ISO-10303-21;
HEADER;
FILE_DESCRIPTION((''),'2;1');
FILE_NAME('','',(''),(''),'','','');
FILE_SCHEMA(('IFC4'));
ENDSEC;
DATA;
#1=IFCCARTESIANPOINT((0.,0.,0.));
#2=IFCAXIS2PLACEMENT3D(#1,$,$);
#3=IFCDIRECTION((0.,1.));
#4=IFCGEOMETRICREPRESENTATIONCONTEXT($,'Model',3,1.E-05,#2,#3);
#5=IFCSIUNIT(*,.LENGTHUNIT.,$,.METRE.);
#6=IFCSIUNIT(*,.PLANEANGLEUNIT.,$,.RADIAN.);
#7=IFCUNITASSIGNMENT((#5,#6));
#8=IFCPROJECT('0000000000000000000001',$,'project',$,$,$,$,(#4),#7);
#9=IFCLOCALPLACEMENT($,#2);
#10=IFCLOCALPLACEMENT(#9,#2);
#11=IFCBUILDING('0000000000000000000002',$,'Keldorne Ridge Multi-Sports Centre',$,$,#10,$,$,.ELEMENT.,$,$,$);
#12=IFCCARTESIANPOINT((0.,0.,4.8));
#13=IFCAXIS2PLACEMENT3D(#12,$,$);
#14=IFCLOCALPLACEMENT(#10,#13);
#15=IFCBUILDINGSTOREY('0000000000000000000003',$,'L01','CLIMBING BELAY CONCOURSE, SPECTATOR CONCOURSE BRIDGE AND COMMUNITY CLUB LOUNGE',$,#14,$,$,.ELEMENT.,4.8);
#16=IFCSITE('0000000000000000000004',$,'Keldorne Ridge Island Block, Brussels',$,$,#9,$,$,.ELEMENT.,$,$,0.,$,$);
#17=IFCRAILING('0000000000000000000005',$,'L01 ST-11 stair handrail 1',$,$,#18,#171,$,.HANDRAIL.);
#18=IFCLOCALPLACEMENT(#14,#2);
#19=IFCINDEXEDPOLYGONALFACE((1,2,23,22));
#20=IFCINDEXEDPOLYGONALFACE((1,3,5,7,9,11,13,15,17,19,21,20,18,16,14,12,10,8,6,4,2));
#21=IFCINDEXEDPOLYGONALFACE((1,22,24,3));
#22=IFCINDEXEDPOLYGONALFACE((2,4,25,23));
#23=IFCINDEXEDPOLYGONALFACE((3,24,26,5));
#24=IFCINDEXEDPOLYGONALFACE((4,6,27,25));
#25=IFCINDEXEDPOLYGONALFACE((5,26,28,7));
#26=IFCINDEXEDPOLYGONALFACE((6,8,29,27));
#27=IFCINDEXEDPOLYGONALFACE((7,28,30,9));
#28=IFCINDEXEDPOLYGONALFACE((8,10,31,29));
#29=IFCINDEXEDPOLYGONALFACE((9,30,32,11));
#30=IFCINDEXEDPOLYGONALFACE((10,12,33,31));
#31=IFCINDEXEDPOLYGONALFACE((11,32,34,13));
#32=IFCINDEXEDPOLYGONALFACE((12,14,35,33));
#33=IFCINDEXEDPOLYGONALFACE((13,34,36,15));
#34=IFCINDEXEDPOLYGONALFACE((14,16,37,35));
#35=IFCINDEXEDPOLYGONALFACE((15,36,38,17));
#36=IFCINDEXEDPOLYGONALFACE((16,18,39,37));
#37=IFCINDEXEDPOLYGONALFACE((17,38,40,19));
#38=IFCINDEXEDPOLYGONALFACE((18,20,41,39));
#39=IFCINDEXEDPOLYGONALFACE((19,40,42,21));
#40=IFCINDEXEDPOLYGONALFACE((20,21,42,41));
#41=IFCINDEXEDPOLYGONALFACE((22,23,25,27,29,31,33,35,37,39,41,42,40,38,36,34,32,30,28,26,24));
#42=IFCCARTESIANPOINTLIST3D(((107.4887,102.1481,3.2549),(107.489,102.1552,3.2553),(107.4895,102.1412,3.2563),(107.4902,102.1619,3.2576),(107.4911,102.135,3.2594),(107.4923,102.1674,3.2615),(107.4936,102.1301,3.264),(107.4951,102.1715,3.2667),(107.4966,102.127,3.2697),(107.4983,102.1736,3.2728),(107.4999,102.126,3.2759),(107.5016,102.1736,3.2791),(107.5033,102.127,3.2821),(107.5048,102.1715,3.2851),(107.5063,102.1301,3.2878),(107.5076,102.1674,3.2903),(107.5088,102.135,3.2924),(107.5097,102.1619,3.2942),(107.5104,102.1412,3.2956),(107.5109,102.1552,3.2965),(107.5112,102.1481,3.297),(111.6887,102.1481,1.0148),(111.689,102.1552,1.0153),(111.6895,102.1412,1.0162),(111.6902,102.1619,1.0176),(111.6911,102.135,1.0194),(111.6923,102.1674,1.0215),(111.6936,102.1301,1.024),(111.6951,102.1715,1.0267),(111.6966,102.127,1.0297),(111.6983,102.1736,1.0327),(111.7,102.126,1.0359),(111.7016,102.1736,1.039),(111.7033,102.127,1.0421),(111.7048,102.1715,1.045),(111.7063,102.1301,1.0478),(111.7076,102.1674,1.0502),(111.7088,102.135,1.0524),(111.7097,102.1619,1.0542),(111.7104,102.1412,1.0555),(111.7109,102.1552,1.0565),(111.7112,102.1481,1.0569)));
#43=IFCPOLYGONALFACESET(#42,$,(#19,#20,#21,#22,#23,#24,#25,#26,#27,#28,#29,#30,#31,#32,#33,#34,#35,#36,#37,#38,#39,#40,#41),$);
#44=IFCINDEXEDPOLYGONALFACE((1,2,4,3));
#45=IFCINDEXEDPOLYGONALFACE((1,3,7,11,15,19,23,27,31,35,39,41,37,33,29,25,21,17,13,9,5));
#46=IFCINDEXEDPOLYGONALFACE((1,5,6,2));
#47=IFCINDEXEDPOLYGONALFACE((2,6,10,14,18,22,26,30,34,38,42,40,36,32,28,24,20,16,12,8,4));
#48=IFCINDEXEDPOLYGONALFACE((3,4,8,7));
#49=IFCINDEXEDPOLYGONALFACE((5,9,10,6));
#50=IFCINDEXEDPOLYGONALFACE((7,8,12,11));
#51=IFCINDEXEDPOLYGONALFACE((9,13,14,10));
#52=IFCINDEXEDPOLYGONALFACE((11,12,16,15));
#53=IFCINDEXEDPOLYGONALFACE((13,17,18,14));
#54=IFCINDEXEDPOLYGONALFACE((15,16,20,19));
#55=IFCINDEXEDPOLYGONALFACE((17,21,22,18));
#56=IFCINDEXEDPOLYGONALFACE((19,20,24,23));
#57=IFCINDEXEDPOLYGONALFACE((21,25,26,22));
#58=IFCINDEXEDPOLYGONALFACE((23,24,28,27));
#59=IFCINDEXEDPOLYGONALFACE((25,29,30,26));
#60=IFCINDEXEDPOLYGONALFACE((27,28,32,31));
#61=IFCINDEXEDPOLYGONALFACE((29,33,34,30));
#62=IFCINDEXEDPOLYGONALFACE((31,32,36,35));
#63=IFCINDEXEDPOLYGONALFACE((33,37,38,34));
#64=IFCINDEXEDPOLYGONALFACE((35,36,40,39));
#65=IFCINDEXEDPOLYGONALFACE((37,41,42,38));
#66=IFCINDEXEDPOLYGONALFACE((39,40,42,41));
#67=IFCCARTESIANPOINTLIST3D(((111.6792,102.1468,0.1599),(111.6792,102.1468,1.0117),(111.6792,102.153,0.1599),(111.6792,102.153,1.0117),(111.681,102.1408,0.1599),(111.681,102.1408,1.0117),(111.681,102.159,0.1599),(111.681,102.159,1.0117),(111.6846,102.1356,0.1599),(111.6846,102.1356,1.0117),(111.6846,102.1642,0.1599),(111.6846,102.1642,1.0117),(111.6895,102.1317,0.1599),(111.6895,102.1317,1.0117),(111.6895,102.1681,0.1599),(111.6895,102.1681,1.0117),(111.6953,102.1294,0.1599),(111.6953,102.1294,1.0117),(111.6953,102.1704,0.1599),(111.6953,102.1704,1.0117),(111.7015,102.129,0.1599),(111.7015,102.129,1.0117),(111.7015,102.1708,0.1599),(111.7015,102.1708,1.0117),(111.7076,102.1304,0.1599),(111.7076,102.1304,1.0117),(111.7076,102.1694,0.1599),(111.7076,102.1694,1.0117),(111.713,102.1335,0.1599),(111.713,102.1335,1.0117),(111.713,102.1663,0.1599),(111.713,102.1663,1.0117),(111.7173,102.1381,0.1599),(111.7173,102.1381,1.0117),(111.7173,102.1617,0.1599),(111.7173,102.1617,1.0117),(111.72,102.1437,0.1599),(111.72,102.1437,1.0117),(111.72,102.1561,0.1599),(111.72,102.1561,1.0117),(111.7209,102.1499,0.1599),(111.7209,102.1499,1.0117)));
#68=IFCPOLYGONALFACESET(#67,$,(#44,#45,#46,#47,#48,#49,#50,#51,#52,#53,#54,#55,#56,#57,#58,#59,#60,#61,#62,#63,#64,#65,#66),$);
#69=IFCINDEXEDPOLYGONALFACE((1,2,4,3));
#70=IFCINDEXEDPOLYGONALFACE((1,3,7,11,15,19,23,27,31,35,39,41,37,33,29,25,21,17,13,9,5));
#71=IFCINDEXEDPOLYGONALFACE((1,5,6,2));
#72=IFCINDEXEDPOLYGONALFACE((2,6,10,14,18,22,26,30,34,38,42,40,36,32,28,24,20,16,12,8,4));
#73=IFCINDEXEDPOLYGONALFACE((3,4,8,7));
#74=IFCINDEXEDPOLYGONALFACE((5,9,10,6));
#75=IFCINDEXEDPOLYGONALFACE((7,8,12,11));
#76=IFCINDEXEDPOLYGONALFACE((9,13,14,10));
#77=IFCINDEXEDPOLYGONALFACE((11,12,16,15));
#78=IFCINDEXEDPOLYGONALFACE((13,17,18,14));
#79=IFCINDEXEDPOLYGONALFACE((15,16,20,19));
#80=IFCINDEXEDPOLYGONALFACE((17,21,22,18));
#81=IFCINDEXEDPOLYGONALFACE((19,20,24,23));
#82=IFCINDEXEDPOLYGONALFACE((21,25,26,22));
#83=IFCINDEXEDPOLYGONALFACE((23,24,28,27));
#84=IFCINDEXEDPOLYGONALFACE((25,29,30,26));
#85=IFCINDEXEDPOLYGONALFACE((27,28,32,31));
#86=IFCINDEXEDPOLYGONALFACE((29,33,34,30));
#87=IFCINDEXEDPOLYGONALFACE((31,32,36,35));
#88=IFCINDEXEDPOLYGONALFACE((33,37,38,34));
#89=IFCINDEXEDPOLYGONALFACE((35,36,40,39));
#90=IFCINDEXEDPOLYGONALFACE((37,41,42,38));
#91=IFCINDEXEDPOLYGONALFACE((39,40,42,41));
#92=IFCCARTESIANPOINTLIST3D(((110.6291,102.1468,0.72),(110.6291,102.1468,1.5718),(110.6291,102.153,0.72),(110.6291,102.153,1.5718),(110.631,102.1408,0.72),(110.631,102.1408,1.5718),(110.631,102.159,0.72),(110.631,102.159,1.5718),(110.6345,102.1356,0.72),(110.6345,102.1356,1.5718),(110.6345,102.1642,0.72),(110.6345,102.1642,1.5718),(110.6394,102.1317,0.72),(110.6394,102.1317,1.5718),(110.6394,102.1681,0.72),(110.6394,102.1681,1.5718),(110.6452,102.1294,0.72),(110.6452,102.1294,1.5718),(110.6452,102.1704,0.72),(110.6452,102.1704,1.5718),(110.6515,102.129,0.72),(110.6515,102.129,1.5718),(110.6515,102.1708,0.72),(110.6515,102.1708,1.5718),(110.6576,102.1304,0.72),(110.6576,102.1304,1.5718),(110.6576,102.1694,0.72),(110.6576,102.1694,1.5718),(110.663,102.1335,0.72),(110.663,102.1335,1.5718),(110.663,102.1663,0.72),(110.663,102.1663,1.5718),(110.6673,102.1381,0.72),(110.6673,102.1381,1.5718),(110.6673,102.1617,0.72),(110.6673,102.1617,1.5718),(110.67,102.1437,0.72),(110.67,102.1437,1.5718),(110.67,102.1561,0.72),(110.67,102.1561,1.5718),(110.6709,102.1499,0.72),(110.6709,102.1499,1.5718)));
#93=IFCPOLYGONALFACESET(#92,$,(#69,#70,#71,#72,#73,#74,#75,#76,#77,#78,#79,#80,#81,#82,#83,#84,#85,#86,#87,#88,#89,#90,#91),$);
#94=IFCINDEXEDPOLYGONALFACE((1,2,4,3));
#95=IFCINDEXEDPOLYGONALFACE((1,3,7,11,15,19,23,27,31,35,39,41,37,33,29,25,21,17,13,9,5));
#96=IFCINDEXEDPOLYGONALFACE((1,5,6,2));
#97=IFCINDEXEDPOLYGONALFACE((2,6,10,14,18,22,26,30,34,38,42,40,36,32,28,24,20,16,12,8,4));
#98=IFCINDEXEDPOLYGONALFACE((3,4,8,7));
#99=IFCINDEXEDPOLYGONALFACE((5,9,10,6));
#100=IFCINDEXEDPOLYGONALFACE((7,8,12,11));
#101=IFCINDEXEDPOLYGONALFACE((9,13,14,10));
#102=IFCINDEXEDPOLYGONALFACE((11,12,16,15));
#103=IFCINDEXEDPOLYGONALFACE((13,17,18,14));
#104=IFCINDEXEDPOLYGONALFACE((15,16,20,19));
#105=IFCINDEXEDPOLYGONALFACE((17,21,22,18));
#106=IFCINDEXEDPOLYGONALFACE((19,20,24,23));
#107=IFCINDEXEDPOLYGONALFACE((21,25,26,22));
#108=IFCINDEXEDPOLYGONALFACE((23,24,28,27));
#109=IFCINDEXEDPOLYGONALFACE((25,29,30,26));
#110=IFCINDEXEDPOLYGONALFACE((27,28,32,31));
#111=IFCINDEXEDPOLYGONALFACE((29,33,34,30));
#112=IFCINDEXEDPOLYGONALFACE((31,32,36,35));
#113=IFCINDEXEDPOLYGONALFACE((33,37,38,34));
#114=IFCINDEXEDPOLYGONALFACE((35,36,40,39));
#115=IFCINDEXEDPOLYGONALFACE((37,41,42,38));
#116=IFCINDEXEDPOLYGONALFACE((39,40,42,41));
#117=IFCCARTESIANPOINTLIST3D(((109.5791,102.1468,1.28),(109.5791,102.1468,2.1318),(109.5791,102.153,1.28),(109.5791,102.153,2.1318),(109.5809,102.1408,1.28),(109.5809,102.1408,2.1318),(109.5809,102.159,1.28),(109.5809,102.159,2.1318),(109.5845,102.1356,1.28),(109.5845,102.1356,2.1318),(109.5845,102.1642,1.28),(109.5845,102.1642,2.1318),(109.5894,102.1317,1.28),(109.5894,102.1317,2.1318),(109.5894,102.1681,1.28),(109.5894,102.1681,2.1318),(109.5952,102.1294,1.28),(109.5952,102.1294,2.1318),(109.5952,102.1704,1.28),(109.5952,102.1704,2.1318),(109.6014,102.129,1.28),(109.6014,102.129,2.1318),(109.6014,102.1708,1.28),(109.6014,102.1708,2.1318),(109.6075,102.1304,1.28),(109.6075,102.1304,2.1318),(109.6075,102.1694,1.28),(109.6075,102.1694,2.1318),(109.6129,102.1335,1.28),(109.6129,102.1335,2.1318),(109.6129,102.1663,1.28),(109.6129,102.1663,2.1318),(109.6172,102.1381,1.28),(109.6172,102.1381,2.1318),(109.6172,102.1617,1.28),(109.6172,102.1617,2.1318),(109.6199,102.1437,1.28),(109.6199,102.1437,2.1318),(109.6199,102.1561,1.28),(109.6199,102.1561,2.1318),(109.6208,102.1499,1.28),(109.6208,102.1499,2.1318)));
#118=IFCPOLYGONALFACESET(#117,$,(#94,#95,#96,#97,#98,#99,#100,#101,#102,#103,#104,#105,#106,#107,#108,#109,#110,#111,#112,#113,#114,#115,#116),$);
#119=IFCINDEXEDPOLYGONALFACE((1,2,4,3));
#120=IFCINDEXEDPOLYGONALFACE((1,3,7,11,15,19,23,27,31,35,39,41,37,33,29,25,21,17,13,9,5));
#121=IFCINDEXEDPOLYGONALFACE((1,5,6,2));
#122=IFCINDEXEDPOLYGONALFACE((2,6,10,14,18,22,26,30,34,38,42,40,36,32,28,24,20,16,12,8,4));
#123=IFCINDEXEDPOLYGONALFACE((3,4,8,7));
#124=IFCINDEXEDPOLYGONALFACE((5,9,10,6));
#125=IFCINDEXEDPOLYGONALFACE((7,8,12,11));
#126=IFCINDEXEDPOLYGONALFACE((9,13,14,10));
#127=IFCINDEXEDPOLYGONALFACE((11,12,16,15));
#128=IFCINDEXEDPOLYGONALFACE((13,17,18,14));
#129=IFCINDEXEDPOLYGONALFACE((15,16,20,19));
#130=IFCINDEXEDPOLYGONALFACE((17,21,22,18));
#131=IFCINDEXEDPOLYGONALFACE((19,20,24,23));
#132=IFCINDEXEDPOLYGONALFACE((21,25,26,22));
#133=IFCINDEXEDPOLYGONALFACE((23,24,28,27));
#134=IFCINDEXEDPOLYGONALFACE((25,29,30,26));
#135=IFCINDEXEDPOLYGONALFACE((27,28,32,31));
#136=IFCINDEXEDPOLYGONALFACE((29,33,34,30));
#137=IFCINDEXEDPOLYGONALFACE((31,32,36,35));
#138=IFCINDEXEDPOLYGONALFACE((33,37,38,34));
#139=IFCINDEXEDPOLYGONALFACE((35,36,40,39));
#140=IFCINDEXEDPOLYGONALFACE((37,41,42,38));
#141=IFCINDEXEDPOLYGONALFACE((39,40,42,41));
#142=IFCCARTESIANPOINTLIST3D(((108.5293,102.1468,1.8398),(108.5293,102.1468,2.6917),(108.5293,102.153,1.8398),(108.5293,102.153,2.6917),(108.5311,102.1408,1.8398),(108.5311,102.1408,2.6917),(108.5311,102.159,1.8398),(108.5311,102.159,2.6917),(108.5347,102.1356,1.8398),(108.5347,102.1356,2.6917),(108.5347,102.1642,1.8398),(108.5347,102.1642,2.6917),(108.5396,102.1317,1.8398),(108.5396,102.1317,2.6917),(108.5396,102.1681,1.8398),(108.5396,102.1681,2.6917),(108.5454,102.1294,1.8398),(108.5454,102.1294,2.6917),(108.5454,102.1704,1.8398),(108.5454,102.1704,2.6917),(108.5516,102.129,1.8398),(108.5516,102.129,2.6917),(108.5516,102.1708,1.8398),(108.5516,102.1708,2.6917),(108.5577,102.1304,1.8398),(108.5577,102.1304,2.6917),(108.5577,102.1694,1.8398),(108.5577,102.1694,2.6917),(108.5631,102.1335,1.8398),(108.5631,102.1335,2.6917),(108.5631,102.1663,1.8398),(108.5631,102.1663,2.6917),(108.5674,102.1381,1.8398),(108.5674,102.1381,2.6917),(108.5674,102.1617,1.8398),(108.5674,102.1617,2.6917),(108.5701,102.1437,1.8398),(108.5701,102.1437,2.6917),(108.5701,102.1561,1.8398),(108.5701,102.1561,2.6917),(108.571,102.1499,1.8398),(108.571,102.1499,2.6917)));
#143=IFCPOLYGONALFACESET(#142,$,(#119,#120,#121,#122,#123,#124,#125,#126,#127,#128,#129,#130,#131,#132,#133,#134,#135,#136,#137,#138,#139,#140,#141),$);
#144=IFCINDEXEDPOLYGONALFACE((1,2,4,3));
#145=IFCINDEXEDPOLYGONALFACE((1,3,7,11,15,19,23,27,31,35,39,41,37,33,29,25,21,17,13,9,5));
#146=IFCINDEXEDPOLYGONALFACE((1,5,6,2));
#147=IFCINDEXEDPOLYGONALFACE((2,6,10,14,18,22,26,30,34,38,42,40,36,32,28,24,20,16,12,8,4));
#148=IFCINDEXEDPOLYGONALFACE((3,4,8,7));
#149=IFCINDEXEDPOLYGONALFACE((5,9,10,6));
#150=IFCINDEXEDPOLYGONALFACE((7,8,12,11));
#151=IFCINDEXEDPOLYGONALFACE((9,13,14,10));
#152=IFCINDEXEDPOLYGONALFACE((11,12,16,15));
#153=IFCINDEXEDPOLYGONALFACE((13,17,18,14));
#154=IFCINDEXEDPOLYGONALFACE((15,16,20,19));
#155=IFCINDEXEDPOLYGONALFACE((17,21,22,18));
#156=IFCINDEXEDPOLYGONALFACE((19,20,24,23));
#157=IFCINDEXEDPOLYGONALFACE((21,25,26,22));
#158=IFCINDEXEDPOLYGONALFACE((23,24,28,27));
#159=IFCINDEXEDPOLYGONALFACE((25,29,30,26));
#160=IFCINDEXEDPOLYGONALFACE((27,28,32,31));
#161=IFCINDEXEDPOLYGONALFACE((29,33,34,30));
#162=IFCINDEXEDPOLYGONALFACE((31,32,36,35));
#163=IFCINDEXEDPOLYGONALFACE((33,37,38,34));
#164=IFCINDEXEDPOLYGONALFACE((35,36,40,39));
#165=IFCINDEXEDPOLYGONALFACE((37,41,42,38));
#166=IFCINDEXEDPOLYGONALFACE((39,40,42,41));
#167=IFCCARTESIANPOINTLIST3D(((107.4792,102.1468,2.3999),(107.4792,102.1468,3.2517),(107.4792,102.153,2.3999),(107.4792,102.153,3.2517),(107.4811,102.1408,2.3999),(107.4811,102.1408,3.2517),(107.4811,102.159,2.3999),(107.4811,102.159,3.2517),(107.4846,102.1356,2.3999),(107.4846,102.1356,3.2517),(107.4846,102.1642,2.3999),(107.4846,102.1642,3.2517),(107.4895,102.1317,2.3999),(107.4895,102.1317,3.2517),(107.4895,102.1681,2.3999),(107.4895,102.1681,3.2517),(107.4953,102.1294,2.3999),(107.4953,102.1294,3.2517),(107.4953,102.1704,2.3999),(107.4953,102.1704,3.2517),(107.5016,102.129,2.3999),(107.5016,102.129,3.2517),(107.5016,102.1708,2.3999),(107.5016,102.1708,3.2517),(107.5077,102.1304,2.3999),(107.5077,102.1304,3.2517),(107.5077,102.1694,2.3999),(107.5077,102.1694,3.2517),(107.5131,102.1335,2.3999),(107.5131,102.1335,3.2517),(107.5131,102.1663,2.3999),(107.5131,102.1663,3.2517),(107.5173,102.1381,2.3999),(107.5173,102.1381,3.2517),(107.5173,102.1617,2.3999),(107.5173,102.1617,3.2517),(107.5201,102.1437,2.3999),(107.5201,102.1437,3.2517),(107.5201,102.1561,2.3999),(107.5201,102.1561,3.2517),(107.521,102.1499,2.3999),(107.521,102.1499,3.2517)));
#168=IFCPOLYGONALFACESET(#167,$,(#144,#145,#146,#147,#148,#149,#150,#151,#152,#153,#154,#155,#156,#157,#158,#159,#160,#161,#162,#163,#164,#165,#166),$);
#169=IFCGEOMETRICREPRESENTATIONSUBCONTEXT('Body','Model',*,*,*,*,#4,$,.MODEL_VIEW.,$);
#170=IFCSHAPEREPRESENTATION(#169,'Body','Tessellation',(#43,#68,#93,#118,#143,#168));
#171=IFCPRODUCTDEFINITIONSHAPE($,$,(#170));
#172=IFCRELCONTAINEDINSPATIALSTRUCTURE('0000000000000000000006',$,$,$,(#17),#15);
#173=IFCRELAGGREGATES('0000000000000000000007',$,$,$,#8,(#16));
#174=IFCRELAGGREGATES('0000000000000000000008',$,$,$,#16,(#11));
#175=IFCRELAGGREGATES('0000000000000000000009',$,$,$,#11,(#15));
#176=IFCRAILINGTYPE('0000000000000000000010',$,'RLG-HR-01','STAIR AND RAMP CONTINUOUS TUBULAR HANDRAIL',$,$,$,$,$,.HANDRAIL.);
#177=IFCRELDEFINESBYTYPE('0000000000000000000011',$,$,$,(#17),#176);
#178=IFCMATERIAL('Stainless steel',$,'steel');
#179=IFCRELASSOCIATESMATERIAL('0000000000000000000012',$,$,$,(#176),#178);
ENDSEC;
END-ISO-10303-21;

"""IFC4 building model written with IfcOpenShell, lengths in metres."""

from ifc_helpers import new_model, si_unit, direction, frame, origin, origin_2d, place, context, subcontext, project, spatial, circle, extrude, material, type_object, element, save


model = new_model("IFC4")

# Units and contexts
model_context = context("Model", 3, precision=1e-05, world=origin(), true_north=direction((0.0, 1.0)))
body_context = subcontext(model_context, "Body", "Model", "MODEL_VIEW")
ifc_project = project(units=[si_unit("LENGTHUNIT", "METRE"), si_unit("PLANEANGLEUNIT", "RADIAN")], contexts=[model_context])

# Site, building, storey
site_placement = place(None, origin())
site = spatial("IfcSite", under=ifc_project, at=site_placement, Name="Keldorne Ridge Island Block, Brussels", CompositionType="ELEMENT", RefElevation=0.0)
building_placement = place(site_placement, origin())
building = spatial("IfcBuilding", under=site, at=building_placement, Name="Keldorne Ridge Multi-Sports Centre", CompositionType="ELEMENT")
storey_placement = place(building_placement, frame((0.0, 0.0, 4.8)))
storey = spatial("IfcBuildingStorey", under=building, at=storey_placement, Name="L01", Description="CLIMBING BELAY CONCOURSE, SPECTATOR CONCOURSE BRIDGE AND COMMUNITY CLUB LOUNGE", CompositionType="ELEMENT", Elevation=4.8)

# Shared definitions
ifc_material_1 = material(Name="Stainless steel", Category="steel")

# Railing
railing_type_1 = type_object("IfcRailingType", Name="RLG-HR-01", Description="STAIR AND RAMP CONTINUOUS TUBULAR HANDRAIL", PredefinedType="HANDRAIL", material=ifc_material_1)
railing_1_placement = place(storey_placement, frame((111.7, 102.1499, 0.1599)))
element("IfcRailing", 1, at=railing_1_placement, inside=storey, type_object=railing_type_1, Name="L01 ST-11 stair handrail 1", PredefinedType="HANDRAIL", context=body_context, shape_type="SweptSolid", body=[
    extrude(circle(Radius=0.0239, at=origin_2d()), frame((0.0, 0.0, 0.876), z_axis=(-0.882352, 0.0, 0.470591), x_axis=(0.0, -1.0, 0.0)), (0.0, 0.0, 1.0), 4.76),
    extrude(circle(Radius=0.021, at=origin_2d()), origin(), (0.0, 0.0, 1.0), 0.8518),
    extrude(circle(Radius=0.021, at=origin_2d()), frame((-1.05, 0.0, 0.5601)), (0.0, 0.0, 1.0), 0.8518),
    extrude(circle(Radius=0.021, at=origin_2d()), frame((-2.1001, 0.0, 1.1201)), (0.0, 0.0, 1.0), 0.8518),
    extrude(circle(Radius=0.021, at=origin_2d()), frame((-3.1499, 0.0, 1.6799)), (0.0, 0.0, 1.0), 0.8518),
    extrude(circle(Radius=0.021, at=origin_2d()), frame((-4.2, 0.0, 2.24)), (0.0, 0.0, 1.0), 0.8518),
])

save(model, "model.ifc")
